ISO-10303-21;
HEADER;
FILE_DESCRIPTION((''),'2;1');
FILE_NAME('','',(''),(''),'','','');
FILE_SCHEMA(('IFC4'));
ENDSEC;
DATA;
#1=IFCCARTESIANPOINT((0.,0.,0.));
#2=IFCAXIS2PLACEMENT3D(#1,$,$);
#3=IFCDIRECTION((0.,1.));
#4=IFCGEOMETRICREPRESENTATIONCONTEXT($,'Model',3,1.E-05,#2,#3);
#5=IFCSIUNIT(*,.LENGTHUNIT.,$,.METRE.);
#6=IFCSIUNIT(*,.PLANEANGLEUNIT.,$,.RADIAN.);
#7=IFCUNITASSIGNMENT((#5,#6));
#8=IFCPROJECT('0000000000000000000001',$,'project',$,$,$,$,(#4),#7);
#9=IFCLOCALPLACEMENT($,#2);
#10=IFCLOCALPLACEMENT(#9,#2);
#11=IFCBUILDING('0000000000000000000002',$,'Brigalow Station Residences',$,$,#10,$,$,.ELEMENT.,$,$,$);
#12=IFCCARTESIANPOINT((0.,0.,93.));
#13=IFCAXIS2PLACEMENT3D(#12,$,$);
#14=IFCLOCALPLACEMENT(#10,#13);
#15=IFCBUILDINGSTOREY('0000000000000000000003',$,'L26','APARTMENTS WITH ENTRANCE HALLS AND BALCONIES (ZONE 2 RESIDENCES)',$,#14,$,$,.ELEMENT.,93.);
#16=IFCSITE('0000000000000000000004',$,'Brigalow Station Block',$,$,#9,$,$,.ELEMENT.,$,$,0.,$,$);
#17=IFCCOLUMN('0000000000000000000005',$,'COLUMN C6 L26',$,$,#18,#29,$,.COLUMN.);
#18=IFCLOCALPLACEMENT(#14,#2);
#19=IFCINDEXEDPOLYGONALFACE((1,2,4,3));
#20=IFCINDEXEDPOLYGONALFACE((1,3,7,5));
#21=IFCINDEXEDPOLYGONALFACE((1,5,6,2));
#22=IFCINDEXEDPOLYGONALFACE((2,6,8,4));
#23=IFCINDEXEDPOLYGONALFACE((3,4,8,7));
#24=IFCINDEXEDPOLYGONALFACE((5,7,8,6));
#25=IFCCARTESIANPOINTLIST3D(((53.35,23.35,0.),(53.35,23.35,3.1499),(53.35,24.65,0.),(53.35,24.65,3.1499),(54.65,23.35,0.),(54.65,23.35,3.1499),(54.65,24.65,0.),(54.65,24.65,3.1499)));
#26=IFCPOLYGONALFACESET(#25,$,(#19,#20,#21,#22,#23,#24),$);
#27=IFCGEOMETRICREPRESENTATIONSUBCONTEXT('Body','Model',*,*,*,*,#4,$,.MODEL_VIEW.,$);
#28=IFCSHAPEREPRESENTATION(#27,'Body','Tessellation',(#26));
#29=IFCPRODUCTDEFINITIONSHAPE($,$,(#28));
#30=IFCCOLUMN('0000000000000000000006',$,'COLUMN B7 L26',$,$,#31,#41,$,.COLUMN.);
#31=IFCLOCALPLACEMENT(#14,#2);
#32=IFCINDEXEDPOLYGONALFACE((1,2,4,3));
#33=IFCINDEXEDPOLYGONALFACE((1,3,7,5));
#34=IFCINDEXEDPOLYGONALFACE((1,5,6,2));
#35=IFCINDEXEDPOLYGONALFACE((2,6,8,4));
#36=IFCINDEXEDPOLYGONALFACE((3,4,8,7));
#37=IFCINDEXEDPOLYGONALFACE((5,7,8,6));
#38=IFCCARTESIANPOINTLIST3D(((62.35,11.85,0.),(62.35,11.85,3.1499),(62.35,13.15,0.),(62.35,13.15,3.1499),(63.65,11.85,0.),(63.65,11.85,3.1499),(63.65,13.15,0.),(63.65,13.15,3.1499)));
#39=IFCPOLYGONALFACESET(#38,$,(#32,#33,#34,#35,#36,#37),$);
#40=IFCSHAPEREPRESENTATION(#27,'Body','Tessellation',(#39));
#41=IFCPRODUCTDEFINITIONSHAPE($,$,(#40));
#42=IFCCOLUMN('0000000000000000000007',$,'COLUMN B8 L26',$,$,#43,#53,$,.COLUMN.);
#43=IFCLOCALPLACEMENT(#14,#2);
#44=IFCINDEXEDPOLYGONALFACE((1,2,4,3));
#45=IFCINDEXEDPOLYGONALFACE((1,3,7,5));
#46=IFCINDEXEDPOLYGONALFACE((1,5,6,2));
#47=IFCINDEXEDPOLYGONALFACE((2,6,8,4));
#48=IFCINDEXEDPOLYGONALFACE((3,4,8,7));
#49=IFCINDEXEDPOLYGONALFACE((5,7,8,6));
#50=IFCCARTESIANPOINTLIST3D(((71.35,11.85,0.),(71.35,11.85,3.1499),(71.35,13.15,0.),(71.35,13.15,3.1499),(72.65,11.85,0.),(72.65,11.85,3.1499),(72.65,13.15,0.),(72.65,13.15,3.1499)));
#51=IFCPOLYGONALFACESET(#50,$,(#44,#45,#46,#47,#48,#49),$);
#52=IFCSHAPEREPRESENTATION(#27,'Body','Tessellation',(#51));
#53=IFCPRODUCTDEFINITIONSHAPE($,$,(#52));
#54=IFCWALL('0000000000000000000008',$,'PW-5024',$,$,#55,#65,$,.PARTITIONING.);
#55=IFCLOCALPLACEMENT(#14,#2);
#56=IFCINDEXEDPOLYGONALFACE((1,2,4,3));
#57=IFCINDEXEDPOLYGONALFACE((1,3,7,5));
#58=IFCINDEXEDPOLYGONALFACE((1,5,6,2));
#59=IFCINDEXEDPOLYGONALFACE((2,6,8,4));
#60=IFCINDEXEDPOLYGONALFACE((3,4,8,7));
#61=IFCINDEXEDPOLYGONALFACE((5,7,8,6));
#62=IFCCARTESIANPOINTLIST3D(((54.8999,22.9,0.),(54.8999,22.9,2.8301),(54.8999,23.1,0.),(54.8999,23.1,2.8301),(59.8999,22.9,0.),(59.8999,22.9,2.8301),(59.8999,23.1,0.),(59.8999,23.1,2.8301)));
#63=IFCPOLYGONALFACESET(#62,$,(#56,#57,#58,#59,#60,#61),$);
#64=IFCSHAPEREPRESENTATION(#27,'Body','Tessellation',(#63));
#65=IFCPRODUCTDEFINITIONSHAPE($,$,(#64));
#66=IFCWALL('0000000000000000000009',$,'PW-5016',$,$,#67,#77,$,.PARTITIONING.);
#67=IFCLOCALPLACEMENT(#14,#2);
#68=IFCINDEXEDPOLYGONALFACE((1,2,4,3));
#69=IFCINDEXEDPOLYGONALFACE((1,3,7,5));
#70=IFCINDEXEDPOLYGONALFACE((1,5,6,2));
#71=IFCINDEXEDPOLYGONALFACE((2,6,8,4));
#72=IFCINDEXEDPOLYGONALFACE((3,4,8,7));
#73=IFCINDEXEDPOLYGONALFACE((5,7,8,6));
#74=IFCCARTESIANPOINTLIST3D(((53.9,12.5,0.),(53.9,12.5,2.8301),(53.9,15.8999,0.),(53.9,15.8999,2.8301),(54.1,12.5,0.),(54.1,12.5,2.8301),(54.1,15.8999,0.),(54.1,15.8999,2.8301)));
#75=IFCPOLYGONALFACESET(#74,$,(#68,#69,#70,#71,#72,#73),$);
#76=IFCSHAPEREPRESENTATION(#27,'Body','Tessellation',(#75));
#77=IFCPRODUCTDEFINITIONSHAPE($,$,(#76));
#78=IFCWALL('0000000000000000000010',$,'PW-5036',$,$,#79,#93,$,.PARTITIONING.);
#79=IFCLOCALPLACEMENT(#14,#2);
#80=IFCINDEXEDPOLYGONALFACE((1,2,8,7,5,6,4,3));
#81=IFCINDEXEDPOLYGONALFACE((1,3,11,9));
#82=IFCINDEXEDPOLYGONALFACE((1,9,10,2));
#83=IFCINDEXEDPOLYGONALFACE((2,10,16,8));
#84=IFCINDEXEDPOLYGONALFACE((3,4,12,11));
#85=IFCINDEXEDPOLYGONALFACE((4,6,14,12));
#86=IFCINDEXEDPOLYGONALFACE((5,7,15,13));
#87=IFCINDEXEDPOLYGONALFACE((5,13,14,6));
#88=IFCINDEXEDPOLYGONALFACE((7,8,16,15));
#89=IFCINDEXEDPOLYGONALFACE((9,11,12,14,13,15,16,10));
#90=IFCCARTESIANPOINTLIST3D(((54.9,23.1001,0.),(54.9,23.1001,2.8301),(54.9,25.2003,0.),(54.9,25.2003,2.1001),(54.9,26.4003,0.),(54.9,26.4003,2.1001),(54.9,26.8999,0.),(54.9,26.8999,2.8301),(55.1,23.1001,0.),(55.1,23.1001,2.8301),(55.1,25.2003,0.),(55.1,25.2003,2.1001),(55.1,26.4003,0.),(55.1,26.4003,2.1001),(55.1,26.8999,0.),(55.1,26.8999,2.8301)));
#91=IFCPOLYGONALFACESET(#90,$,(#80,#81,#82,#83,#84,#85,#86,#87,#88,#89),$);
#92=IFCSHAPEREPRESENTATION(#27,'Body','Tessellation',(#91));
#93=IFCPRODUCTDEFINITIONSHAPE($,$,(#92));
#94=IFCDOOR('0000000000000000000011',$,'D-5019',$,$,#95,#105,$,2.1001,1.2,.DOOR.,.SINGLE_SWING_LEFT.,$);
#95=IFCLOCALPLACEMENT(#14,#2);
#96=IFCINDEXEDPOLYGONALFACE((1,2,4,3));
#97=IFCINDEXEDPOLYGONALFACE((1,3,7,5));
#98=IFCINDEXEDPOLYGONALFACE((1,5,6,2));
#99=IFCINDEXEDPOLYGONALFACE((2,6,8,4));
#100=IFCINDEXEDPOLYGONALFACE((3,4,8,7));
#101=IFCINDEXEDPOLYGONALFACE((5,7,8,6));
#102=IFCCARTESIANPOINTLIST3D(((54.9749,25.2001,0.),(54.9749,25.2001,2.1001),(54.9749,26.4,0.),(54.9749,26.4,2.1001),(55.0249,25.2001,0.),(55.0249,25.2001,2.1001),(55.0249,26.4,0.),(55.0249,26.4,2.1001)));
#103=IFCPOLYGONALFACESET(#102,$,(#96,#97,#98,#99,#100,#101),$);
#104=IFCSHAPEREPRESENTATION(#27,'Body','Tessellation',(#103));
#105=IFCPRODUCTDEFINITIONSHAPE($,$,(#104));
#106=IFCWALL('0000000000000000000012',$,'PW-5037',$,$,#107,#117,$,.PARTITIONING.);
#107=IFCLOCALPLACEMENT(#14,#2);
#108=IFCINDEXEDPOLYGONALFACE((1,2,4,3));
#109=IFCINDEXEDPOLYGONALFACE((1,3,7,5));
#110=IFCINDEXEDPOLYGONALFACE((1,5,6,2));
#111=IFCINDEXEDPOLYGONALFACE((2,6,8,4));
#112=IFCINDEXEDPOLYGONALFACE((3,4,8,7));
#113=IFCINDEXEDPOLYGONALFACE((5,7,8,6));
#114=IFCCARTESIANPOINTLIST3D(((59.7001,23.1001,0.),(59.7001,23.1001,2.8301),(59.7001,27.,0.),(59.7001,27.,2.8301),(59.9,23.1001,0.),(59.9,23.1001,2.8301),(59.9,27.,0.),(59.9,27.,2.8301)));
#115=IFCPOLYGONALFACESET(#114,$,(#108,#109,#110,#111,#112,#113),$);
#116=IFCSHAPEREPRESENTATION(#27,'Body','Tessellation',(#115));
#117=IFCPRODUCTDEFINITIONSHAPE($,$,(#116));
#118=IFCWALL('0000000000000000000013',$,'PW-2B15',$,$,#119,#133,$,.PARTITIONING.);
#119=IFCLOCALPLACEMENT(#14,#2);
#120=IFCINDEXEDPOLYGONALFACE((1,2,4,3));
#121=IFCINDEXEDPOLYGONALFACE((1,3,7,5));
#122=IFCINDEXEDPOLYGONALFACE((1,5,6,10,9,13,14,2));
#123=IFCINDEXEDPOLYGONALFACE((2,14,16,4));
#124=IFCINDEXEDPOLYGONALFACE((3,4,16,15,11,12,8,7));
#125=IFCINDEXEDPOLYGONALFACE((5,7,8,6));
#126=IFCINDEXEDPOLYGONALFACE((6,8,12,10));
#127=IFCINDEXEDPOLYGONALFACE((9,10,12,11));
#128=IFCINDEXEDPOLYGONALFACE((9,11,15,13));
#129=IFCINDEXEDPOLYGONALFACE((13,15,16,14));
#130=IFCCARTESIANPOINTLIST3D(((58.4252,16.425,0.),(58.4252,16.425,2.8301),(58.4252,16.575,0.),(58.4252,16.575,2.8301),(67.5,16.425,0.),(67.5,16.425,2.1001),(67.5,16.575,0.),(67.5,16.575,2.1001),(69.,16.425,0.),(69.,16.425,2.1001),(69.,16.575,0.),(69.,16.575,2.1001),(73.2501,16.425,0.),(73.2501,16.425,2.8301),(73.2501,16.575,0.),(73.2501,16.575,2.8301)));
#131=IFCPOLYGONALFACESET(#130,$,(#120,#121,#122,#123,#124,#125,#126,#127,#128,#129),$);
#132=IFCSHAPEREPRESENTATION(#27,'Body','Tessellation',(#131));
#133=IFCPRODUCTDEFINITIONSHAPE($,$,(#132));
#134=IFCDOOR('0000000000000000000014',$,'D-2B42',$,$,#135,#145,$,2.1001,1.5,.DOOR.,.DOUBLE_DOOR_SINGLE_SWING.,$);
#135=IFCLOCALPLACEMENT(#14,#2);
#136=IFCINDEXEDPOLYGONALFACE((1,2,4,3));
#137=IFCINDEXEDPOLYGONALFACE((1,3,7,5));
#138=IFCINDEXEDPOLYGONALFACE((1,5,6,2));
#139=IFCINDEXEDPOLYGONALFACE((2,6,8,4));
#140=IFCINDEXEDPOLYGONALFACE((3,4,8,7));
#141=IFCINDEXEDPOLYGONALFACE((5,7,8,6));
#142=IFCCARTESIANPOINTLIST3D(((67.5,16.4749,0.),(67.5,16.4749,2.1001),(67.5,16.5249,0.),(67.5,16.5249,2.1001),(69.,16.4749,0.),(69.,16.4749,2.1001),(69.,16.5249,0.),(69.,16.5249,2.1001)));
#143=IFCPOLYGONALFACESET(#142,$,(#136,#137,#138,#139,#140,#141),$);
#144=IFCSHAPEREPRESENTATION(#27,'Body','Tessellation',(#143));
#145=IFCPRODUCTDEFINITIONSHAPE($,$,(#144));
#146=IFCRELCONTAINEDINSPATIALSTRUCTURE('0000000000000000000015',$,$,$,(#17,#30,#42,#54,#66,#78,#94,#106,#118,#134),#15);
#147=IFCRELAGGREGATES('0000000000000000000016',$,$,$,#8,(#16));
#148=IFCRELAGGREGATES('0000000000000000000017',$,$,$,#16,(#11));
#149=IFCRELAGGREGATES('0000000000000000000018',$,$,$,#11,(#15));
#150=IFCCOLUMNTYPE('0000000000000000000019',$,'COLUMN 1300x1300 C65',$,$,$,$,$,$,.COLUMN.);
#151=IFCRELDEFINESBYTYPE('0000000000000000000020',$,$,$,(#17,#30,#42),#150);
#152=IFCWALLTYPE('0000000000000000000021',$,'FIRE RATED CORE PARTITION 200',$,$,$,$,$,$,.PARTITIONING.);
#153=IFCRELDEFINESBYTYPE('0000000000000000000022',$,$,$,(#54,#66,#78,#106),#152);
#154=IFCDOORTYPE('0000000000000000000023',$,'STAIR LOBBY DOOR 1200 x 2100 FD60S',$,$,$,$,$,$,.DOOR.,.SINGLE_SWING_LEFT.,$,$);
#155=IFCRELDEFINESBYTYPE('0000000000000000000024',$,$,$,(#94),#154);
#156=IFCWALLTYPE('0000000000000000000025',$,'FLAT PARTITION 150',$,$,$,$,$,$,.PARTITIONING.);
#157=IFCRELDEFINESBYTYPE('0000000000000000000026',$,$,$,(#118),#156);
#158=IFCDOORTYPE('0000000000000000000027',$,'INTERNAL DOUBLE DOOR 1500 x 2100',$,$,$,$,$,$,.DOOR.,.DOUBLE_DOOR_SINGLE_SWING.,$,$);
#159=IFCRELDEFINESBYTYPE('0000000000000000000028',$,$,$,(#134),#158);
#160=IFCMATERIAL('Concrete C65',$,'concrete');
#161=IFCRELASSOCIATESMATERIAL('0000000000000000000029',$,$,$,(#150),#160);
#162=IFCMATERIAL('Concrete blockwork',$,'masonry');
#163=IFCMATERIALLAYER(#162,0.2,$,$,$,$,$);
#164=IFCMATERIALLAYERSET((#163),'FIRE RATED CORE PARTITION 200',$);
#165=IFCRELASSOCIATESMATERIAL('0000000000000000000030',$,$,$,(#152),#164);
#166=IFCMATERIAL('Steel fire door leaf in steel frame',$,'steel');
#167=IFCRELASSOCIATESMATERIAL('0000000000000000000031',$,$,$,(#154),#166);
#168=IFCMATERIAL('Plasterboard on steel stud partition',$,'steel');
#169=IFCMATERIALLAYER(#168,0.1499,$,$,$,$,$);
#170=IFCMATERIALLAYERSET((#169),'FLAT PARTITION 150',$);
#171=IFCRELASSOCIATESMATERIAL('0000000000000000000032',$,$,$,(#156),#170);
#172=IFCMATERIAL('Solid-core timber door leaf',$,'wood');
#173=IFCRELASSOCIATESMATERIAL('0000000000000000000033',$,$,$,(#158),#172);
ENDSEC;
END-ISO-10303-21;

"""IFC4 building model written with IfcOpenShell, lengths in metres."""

from ifc_helpers import new_model, si_unit, direction, frame, frame_2d, origin, origin_2d, place, context, subcontext, project, spatial, rectangle, extrude, material, layer, layer_set, material_profile, profile_set, type_object, element, fill, save


model = new_model("IFC4")

# Units and contexts
model_context = context("Model", 3, precision=1e-05, world=origin(), true_north=direction((0.0, 1.0)))
body_context = subcontext(model_context, "Body", "Model", "MODEL_VIEW")
ifc_project = project(units=[si_unit("LENGTHUNIT", "METRE"), si_unit("PLANEANGLEUNIT", "RADIAN")], contexts=[model_context])

# Site, building, storey
site_placement = place(None, origin())
site = spatial("IfcSite", under=ifc_project, at=site_placement, Name="Brigalow Station Block", CompositionType="ELEMENT", RefElevation=0.0)
building_placement = place(site_placement, origin())
building = spatial("IfcBuilding", under=site, at=building_placement, Name="Brigalow Station Residences", CompositionType="ELEMENT")
storey_placement = place(building_placement, frame((0.0, 0.0, 93.0)))
storey = spatial("IfcBuildingStorey", under=building, at=storey_placement, Name="L26", Description="APARTMENTS WITH ENTRANCE HALLS AND BALCONIES (ZONE 2 RESIDENCES)", CompositionType="ELEMENT", Elevation=93.0)

# Columns
ifc_material_1 = material(Name="Concrete C65", Category="concrete")
ifc_material_profile = material_profile(ifc_material_1, rectangle(XDim=1.3, YDim=1.3, at=origin_2d()), Name="RC1300x1300")
ifc_profile_set = profile_set([ifc_material_profile], Name="Concrete C65")
column_type = type_object("IfcColumnType", Name="COLUMN 1300x1300 C65", PredefinedType="COLUMN", material=ifc_profile_set)
for number, where, z_axis, x_axis, name in (
    (1, (54.0, 24.0, 0.0), (0.0, 0.0, 1.0), (1.0, 0.0, 0.0), "COLUMN C6 L26"),
    (2, (63.0, 12.5, 0.0), (0.0, 0.0, 1.0), (1.0, 0.0, 0.0), "COLUMN B7 L26"),
    (3, (72.0, 12.5, 0.0), (0.0, 0.0, 1.0), (1.0, 0.0, 0.0), "COLUMN B8 L26"),
):
    element("IfcColumn", number, at=place(storey_placement, frame(where, z_axis=z_axis, x_axis=x_axis)), inside=storey, type_object=column_type, Name=name, PredefinedType="COLUMN", context=body_context, shape_type="SweptSolid", body=[
        extrude(rectangle(XDim=1.3, YDim=1.3, at=origin_2d()), origin(), (0.0, 0.0, 1.0), 3.1499),
    ])

# Walls
ifc_material_2 = material(Name="Concrete blockwork", Category="masonry")
ifc_layer_1 = layer(ifc_material_2, 0.2)
ifc_layer_set_1 = layer_set([ifc_layer_1], Name="FIRE RATED CORE PARTITION 200")
wall_type_1 = type_object("IfcWallType", Name="FIRE RATED CORE PARTITION 200", PredefinedType="PARTITIONING", material=ifc_layer_set_1)
wall_1_placement = place(storey_placement, frame((54.8999, 23.0, 0.0), z_axis=(0.0, 0.0, 1.0), x_axis=(1.0, 0.0, 0.0)))
element("IfcWall", 4, at=wall_1_placement, inside=storey, type_object=wall_type_1, Name="PW-5024", PredefinedType="PARTITIONING", context=body_context, shape_type="SweptSolid", body=[
    extrude(rectangle(XDim=5.0, YDim=0.2, at=frame_2d((2.5, 0.0))), origin(), (0.0, 0.0, 1.0), 2.8301),
])
wall_2_placement = place(storey_placement, frame((54.0, 12.5, 0.0), z_axis=(0.0, 0.0, 1.0), x_axis=(0.0, 1.0, 0.0)))
element("IfcWall", 5, at=wall_2_placement, inside=storey, type_object=wall_type_1, Name="PW-5016", PredefinedType="PARTITIONING", context=body_context, shape_type="SweptSolid", body=[
    extrude(rectangle(XDim=3.3999, YDim=0.2, at=frame_2d((1.7, 0.0))), origin(), (0.0, 0.0, 1.0), 2.8301),
])

# Wall, opening, door
wall_3_placement = place(storey_placement, frame((55.0, 23.1001, 0.0), z_axis=(0.0, 0.0, 1.0), x_axis=(0.0, 1.0, 0.0)))
wall_3 = element("IfcWall", 6, at=wall_3_placement, inside=storey, type_object=wall_type_1, Name="PW-5036", PredefinedType="PARTITIONING", context=body_context, shape_type="SweptSolid", body=[
    extrude(rectangle(XDim=3.7998, YDim=0.2, at=frame_2d((1.8999, 0.0))), origin(), (0.0, 0.0, 1.0), 2.8301),
])
opening_1_placement = place(wall_3_placement, frame((2.1001, 0.0, 0.0)))
opening_1 = element("IfcOpeningElement", 7, at=opening_1_placement, cuts=wall_3, PredefinedType="OPENING", context=body_context, shape_type="SweptSolid", body=[
    extrude(rectangle(XDim=1.2, YDim=2.1001, at=frame_2d((0.6001, 1.05))), frame((0.0, 0.1099, 0.0), z_axis=(0.0, -1.0, 0.0), x_axis=(1.0, 0.0, 0.0)), (0.0, 0.0, 1.0), 0.22),
])
ifc_material_3 = material(Name="Steel fire door leaf in steel frame", Category="steel")
door_type_1 = type_object("IfcDoorType", Name="STAIR LOBBY DOOR 1200 x 2100 FD60S", OperationType="SINGLE_SWING_LEFT", PredefinedType="DOOR", material=ifc_material_3)
door_1_placement = place(opening_1_placement, frame((1.2, 0.0, 0.0), z_axis=(0.0, 0.0, 1.0), x_axis=(-1.0, 0.0, 0.0)))
door_1 = element("IfcDoor", 8, at=door_1_placement, inside=storey, type_object=door_type_1, Name="D-5019", OperationType="SINGLE_SWING_LEFT", OverallHeight=2.1001, OverallWidth=1.2, PredefinedType="DOOR", context=body_context, shape_type="SweptSolid", body=[
    extrude(rectangle(XDim=1.2, YDim=2.1001, at=frame_2d((0.6001, 1.05))), frame((0.0, 0.0249, 0.0), z_axis=(0.0, -1.0, 0.0), x_axis=(1.0, 0.0, 0.0)), (0.0, 0.0, 1.0), 0.05),
])
fill(opening_1, door_1)

# Wall
wall_4_placement = place(storey_placement, frame((59.8, 23.1001, 0.0), z_axis=(0.0, 0.0, 1.0), x_axis=(0.0, 1.0, 0.0)))
element("IfcWall", 9, at=wall_4_placement, inside=storey, type_object=wall_type_1, Name="PW-5037", PredefinedType="PARTITIONING", context=body_context, shape_type="SweptSolid", body=[
    extrude(rectangle(XDim=3.8999, YDim=0.2, at=frame_2d((1.95, 0.0))), origin(), (0.0, 0.0, 1.0), 2.8301),
])

# Wall, opening, door
ifc_material_4 = material(Name="Plasterboard on steel stud partition", Category="steel")
ifc_layer_2 = layer(ifc_material_4, 0.1499)
ifc_layer_set_2 = layer_set([ifc_layer_2], Name="FLAT PARTITION 150")
wall_type_2 = type_object("IfcWallType", Name="FLAT PARTITION 150", PredefinedType="PARTITIONING", material=ifc_layer_set_2)
wall_5_placement = place(storey_placement, frame((58.425, 16.5, 0.0), z_axis=(0.0, 0.0, 1.0), x_axis=(1.0, 0.0, 0.0)))
wall_5 = element("IfcWall", 10, at=wall_5_placement, inside=storey, type_object=wall_type_2, Name="PW-2B15", PredefinedType="PARTITIONING", context=body_context, shape_type="SweptSolid", body=[
    extrude(rectangle(XDim=14.825, YDim=0.1499, at=frame_2d((7.4126, 0.0))), origin(), (0.0, 0.0, 1.0), 2.8301),
])
opening_2_placement = place(wall_5_placement, frame((9.075, 0.0, 0.0)))
opening_2 = element("IfcOpeningElement", 11, at=opening_2_placement, cuts=wall_5, PredefinedType="OPENING", context=body_context, shape_type="SweptSolid", body=[
    extrude(rectangle(XDim=1.5, YDim=2.1001, at=frame_2d((0.75, 1.05))), frame((0.0, 0.085, 0.0), z_axis=(0.0, -1.0, 0.0), x_axis=(1.0, 0.0, 0.0)), (0.0, 0.0, 1.0), 0.1699),
])
ifc_material_5 = material(Name="Solid-core timber door leaf", Category="wood")
door_type_2 = type_object("IfcDoorType", Name="INTERNAL DOUBLE DOOR 1500 x 2100", OperationType="DOUBLE_DOOR_SINGLE_SWING", PredefinedType="DOOR", material=ifc_material_5)
door_2_placement = place(opening_2_placement, origin())
door_2 = element("IfcDoor", 12, at=door_2_placement, inside=storey, type_object=door_type_2, Name="D-2B42", OperationType="DOUBLE_DOOR_SINGLE_SWING", OverallHeight=2.1001, OverallWidth=1.5, PredefinedType="DOOR", context=body_context, shape_type="SweptSolid", body=[
    extrude(rectangle(XDim=1.5, YDim=2.1001, at=frame_2d((0.75, 1.05))), frame((0.0, 0.0249, 0.0), z_axis=(0.0, -1.0, 0.0), x_axis=(1.0, 0.0, 0.0)), (0.0, 0.0, 1.0), 0.05),
])
fill(opening_2, door_2)

save(model, "model.ifc")
